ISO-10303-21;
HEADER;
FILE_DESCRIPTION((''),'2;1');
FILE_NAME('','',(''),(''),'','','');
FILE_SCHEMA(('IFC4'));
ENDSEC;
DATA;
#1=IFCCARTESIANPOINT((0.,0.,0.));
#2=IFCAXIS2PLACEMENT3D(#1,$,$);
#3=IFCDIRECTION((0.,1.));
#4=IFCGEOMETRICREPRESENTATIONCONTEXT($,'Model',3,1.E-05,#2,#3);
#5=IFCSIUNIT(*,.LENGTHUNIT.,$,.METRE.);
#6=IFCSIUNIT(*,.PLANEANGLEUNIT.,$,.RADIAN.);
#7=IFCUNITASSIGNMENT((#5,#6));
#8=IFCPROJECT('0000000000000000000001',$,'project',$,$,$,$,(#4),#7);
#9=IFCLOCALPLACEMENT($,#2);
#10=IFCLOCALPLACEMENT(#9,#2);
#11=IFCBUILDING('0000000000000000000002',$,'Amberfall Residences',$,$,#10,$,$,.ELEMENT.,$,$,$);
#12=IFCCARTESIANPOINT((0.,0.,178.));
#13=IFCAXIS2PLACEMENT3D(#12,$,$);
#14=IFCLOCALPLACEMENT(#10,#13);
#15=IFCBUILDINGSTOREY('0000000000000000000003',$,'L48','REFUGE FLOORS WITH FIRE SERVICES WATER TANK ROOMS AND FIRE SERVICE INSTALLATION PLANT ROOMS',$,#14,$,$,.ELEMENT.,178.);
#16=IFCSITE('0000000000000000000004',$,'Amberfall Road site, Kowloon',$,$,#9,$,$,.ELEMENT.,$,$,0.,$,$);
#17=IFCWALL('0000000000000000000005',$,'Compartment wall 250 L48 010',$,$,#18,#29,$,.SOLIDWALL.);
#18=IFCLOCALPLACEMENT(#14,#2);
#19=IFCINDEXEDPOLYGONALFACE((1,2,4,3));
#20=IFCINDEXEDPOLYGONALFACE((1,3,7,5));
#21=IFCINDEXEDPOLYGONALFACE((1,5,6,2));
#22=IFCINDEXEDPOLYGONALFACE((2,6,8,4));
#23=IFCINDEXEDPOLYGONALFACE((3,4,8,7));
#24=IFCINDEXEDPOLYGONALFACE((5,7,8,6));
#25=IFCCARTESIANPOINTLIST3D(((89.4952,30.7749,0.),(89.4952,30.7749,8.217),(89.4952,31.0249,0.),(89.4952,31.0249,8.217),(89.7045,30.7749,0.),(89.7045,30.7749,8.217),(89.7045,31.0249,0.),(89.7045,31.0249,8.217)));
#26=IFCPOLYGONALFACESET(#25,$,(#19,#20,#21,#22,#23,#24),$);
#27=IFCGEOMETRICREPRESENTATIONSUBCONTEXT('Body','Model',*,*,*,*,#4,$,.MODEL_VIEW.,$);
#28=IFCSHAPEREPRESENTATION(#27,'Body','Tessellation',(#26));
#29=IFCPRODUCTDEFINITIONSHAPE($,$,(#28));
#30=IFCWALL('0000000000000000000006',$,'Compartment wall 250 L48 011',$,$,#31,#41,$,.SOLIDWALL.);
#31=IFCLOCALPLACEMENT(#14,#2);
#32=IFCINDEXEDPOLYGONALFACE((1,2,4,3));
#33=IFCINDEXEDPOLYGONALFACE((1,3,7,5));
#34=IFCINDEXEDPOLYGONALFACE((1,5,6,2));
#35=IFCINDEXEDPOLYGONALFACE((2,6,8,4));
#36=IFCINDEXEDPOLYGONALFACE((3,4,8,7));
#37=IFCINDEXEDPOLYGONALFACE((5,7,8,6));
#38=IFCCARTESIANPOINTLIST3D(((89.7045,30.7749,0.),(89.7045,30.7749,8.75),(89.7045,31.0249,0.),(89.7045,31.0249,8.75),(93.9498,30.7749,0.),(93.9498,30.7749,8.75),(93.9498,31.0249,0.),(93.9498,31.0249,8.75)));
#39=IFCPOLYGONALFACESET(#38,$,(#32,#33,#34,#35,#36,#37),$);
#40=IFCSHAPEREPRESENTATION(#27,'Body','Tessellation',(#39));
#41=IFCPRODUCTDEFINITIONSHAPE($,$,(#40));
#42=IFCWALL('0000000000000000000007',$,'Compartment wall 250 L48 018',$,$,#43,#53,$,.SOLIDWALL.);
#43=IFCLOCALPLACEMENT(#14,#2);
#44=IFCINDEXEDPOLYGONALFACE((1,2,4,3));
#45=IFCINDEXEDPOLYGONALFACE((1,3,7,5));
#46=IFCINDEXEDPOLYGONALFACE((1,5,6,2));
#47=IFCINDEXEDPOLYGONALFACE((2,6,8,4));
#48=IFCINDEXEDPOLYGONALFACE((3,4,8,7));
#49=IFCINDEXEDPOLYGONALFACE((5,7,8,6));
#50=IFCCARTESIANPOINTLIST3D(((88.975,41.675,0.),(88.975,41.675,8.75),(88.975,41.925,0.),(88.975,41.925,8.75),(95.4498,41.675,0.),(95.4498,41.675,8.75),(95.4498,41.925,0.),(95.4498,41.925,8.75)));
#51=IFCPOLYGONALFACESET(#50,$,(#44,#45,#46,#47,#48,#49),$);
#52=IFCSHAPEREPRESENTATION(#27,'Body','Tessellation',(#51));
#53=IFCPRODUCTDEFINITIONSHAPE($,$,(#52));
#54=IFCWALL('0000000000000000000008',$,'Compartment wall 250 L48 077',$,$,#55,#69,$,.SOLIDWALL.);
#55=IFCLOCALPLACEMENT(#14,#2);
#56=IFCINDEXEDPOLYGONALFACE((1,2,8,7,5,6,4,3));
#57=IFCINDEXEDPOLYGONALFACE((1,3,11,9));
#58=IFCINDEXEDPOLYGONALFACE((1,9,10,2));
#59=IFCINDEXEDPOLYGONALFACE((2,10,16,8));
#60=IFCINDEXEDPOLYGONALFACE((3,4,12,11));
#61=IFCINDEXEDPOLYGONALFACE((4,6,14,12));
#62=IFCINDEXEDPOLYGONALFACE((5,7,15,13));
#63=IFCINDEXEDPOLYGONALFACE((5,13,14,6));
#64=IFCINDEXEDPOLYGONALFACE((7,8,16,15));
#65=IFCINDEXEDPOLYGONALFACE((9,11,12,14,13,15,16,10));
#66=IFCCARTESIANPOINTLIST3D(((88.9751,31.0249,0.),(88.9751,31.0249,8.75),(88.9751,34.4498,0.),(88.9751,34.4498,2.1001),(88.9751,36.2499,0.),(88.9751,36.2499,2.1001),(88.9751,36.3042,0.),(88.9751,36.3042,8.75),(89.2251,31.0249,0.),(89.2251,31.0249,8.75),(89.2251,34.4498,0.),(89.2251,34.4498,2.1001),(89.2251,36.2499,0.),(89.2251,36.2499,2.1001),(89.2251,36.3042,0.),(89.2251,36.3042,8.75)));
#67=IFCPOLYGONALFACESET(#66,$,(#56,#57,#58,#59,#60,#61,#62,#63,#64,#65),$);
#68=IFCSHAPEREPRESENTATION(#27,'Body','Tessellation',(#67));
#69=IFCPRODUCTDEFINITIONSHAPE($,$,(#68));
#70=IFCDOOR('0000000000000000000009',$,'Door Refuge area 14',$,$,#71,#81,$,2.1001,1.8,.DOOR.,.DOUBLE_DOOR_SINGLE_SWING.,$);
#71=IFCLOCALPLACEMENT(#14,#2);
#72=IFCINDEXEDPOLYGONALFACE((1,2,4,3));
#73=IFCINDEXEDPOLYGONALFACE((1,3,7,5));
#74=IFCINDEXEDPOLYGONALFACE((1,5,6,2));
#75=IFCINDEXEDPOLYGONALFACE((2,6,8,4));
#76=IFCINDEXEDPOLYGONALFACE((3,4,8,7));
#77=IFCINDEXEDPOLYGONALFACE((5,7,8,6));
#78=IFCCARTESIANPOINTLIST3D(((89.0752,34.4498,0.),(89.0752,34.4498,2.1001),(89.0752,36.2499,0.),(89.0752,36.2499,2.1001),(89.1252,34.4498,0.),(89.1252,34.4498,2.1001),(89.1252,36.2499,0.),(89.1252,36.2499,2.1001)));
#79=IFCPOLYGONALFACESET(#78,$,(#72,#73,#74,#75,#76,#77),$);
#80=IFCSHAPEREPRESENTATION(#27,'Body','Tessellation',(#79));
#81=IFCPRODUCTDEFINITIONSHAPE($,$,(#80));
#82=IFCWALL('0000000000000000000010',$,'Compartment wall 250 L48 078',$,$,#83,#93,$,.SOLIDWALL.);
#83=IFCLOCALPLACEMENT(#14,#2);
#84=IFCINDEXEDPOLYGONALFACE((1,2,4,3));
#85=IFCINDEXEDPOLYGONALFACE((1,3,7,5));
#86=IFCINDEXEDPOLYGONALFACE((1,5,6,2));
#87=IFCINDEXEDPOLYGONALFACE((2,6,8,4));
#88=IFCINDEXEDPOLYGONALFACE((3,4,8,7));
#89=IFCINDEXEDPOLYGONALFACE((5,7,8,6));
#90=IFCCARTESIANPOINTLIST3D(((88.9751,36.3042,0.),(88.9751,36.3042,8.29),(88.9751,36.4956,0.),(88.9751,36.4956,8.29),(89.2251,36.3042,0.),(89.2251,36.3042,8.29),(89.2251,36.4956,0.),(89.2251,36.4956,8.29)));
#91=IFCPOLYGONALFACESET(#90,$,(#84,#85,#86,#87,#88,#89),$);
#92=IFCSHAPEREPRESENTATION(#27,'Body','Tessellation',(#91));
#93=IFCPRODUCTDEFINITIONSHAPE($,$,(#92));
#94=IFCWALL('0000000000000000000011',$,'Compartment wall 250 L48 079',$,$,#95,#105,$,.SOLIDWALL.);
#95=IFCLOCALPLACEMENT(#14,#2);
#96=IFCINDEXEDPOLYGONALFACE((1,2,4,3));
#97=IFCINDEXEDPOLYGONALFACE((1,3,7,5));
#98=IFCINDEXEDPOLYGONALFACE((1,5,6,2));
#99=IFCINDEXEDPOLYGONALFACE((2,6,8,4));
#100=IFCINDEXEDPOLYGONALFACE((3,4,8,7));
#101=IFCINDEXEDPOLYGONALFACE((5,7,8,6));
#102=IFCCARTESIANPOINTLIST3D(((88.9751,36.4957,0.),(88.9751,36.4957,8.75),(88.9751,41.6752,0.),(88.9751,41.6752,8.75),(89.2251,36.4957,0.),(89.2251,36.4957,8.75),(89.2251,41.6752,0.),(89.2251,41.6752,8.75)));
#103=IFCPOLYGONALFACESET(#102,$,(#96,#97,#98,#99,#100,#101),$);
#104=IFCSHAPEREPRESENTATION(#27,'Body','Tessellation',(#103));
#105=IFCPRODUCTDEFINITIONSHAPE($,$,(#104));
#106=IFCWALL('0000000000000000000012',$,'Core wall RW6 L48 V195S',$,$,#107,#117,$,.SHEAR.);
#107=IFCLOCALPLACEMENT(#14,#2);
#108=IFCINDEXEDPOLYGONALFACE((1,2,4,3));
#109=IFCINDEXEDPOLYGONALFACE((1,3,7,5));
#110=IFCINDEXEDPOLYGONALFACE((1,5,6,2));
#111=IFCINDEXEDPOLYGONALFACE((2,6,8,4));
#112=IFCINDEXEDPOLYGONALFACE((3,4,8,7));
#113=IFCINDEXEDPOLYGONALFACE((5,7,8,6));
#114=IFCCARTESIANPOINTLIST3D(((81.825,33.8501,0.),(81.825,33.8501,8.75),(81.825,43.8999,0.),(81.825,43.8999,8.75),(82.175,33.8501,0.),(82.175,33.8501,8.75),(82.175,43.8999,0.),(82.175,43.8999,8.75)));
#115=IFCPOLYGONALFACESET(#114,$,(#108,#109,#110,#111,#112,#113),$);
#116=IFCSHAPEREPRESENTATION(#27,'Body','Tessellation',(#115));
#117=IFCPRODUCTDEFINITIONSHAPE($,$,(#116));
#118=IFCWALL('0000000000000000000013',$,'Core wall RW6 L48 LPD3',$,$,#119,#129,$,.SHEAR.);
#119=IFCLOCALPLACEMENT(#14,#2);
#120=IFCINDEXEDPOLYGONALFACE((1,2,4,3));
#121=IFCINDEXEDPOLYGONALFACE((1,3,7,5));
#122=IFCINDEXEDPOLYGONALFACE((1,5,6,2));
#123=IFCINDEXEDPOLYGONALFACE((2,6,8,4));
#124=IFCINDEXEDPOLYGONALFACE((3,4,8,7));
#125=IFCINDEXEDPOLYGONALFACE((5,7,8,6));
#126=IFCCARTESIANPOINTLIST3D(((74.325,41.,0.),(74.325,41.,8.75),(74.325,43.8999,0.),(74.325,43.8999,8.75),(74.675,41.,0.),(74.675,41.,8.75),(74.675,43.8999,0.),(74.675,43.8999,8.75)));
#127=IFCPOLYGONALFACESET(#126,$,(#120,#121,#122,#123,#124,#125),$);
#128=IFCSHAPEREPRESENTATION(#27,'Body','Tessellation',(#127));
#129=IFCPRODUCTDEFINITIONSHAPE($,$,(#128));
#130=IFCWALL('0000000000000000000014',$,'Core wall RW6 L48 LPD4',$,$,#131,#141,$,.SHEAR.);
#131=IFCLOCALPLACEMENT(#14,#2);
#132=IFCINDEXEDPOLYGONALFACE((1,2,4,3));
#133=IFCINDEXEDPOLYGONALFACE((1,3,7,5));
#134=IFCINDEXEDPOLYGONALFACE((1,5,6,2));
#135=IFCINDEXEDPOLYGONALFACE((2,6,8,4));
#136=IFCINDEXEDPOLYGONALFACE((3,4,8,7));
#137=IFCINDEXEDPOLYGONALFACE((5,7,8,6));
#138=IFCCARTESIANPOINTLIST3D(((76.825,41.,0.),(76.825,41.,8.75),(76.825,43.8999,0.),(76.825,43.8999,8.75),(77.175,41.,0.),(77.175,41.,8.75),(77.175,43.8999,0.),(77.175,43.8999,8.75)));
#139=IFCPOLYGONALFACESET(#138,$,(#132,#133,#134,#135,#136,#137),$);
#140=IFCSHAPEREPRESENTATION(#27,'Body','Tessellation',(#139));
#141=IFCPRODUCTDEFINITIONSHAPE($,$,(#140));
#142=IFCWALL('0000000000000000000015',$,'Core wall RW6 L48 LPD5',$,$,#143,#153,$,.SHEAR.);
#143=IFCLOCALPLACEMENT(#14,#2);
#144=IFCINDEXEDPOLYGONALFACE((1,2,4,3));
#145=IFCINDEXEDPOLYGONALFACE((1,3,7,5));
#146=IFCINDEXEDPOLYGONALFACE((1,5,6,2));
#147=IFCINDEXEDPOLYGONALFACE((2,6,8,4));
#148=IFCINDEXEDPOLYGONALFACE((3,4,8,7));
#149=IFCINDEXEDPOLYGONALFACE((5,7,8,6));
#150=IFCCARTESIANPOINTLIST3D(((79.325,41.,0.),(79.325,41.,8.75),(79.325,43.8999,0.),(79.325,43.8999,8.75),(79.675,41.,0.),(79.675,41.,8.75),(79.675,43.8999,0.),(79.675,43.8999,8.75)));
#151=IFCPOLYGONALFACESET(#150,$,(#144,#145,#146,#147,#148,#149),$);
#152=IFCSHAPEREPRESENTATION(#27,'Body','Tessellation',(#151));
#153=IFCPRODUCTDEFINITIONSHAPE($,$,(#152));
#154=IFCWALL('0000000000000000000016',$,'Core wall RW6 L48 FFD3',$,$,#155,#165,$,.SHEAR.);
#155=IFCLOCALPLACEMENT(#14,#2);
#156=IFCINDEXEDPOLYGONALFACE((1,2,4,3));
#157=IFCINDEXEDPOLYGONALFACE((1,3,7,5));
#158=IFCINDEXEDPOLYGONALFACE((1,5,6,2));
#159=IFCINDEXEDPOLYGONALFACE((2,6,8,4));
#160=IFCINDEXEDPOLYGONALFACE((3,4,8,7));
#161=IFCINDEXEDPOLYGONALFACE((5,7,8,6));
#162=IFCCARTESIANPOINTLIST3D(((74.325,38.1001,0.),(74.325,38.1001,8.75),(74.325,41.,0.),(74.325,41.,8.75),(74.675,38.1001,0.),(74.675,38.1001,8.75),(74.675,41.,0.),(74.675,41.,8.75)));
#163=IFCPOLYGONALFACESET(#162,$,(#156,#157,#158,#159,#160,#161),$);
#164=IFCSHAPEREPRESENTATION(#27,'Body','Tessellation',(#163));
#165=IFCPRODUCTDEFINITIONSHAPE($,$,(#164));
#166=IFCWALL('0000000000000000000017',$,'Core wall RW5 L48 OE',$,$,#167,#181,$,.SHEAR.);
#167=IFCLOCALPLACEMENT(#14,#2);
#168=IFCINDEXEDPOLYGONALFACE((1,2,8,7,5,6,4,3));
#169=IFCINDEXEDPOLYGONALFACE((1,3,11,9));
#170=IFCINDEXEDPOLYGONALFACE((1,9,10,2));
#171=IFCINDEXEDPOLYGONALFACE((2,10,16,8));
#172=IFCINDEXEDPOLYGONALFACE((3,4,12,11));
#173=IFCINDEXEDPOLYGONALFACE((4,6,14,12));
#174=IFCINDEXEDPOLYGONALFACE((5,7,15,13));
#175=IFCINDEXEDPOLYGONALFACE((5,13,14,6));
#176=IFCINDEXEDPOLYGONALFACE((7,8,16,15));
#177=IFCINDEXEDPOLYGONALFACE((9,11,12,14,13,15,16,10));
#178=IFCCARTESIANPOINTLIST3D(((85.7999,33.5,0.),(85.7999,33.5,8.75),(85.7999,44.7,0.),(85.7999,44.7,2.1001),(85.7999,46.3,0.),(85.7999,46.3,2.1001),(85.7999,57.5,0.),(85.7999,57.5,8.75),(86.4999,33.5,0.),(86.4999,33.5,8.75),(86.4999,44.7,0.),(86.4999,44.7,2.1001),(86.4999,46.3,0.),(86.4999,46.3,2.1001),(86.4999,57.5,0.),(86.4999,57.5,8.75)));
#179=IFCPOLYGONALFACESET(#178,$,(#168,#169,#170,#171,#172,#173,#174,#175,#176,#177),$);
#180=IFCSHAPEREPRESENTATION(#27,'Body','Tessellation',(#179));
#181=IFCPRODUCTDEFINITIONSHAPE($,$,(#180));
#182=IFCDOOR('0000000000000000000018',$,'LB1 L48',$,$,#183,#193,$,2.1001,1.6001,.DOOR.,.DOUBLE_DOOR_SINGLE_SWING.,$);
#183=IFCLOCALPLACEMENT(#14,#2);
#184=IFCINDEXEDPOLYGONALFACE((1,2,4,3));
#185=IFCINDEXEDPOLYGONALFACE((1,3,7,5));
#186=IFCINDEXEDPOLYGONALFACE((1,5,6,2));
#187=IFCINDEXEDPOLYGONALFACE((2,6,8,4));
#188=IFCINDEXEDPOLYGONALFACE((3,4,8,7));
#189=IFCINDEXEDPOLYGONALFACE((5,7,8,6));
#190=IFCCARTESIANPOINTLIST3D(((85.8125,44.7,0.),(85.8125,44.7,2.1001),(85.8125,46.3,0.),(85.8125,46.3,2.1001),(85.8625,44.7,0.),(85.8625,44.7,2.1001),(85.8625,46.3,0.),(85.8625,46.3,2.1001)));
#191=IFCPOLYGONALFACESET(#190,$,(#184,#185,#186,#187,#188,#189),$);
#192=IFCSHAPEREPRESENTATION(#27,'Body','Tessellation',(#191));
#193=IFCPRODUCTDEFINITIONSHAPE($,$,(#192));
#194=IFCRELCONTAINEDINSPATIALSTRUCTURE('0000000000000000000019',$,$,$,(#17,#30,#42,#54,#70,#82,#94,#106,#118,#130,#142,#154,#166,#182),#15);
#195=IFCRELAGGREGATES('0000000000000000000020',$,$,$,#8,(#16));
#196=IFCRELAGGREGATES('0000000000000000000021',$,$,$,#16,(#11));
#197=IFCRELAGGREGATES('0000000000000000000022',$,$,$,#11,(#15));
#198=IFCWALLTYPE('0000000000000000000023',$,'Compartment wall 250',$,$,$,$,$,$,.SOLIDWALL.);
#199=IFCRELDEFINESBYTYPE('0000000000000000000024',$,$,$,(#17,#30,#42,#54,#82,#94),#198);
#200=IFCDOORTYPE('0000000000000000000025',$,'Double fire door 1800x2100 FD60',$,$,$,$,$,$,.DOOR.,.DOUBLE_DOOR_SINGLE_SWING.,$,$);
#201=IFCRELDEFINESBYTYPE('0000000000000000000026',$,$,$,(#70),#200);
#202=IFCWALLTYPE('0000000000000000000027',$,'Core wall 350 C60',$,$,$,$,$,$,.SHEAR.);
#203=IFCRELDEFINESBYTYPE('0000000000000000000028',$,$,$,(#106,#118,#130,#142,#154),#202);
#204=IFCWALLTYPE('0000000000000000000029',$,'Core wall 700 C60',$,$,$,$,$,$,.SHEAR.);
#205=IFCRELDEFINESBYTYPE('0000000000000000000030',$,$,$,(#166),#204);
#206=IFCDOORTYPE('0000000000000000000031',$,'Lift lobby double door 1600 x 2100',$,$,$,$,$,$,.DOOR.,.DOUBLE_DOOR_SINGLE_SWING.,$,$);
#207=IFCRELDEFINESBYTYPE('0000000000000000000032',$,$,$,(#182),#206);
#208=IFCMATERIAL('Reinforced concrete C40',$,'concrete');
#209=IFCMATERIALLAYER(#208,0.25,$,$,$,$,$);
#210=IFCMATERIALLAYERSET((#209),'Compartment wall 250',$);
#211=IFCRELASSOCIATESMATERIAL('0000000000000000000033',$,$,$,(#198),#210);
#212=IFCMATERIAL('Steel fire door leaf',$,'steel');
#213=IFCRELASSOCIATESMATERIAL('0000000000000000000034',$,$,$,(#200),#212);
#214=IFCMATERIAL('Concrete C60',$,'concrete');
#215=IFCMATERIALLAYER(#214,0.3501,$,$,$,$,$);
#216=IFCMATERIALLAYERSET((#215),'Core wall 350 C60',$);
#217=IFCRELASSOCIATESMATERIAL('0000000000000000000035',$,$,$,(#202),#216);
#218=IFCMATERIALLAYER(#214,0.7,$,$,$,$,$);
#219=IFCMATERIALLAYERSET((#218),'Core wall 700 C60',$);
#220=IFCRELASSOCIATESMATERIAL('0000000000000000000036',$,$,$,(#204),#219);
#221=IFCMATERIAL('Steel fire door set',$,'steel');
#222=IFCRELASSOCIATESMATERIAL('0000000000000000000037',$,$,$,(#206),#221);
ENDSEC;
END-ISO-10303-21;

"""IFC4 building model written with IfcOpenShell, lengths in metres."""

from ifc_helpers import new_model, si_unit, direction, frame, frame_2d, origin, place, context, subcontext, project, spatial, rectangle, extrude, material, layer, layer_set, type_object, element, fill, save


model = new_model("IFC4")

# Units and contexts
model_context = context("Model", 3, precision=1e-05, world=origin(), true_north=direction((0.0, 1.0)))
body_context = subcontext(model_context, "Body", "Model", "MODEL_VIEW")
ifc_project = project(units=[si_unit("LENGTHUNIT", "METRE"), si_unit("PLANEANGLEUNIT", "RADIAN")], contexts=[model_context])

# Site, building, storey
site_placement = place(None, origin())
site = spatial("IfcSite", under=ifc_project, at=site_placement, Name="Amberfall Road site, Kowloon", CompositionType="ELEMENT", RefElevation=0.0)
building_placement = place(site_placement, origin())
building = spatial("IfcBuilding", under=site, at=building_placement, Name="Amberfall Residences", CompositionType="ELEMENT")
storey_placement = place(building_placement, frame((0.0, 0.0, 178.0)))
storey = spatial("IfcBuildingStorey", under=building, at=storey_placement, Name="L48", Description="REFUGE FLOORS WITH FIRE SERVICES WATER TANK ROOMS AND FIRE SERVICE INSTALLATION PLANT ROOMS", CompositionType="ELEMENT", Elevation=178.0)

# Walls
ifc_material_1 = material(Name="Reinforced concrete C40", Category="concrete")
ifc_layer_1 = layer(ifc_material_1, 0.25)
ifc_layer_set_1 = layer_set([ifc_layer_1], Name="Compartment wall 250")
wall_type_1 = type_object("IfcWallType", Name="Compartment wall 250", PredefinedType="SOLIDWALL", material=ifc_layer_set_1)
wall_1_placement = place(storey_placement, frame((89.4954, 30.8999, 0.0), z_axis=(0.0, 0.0, 1.0), x_axis=(1.0, 0.0, 0.0)))
element("IfcWall", 1, at=wall_1_placement, inside=storey, type_object=wall_type_1, Name="Compartment wall 250 L48 010", PredefinedType="SOLIDWALL", context=body_context, shape_type="SweptSolid", body=[
    extrude(rectangle(XDim=0.2092, YDim=0.25, at=frame_2d((0.1045, 0.0))), origin(), (0.0, 0.0, 1.0), 8.217),
])
wall_2_placement = place(storey_placement, frame((89.7046, 30.8999, 0.0), z_axis=(0.0, 0.0, 1.0), x_axis=(1.0, 0.0, 0.0)))
element("IfcWall", 2, at=wall_2_placement, inside=storey, type_object=wall_type_1, Name="Compartment wall 250 L48 011", PredefinedType="SOLIDWALL", context=body_context, shape_type="SweptSolid", body=[
    extrude(rectangle(XDim=4.2454, YDim=0.25, at=frame_2d((2.1226, 0.0))), origin(), (0.0, 0.0, 1.0), 8.75),
])
wall_3_placement = place(storey_placement, frame((88.9751, 41.8, 0.0), z_axis=(0.0, 0.0, 1.0), x_axis=(1.0, 0.0, 0.0)))
element("IfcWall", 3, at=wall_3_placement, inside=storey, type_object=wall_type_1, Name="Compartment wall 250 L48 018", PredefinedType="SOLIDWALL", context=body_context, shape_type="SweptSolid", body=[
    extrude(rectangle(XDim=6.4749, YDim=0.25, at=frame_2d((3.2373, 0.0))), origin(), (0.0, 0.0, 1.0), 8.75),
])

# Wall, opening, door
wall_4_placement = place(storey_placement, frame((89.1001, 31.0249, 0.0), z_axis=(0.0, 0.0, 1.0), x_axis=(0.0, 1.0, 0.0)))
wall_4 = element("IfcWall", 4, at=wall_4_placement, inside=storey, type_object=wall_type_1, Name="Compartment wall 250 L48 077", PredefinedType="SOLIDWALL", context=body_context, shape_type="SweptSolid", body=[
    extrude(rectangle(XDim=5.2793, YDim=0.25, at=frame_2d((2.6396, 0.0))), origin(), (0.0, 0.0, 1.0), 8.75),
])
opening_1_placement = place(wall_4_placement, frame((3.425, 0.0, 0.0)))
opening_1 = element("IfcOpeningElement", 5, at=opening_1_placement, cuts=wall_4, PredefinedType="OPENING", context=body_context, shape_type="SweptSolid", body=[
    extrude(rectangle(XDim=1.8, YDim=2.1001, at=frame_2d((0.8999, 1.05))), frame((0.0, 0.135, 0.0), z_axis=(0.0, -1.0, 0.0), x_axis=(1.0, 0.0, 0.0)), (0.0, 0.0, 1.0), 0.27),
])
ifc_material_2 = material(Name="Steel fire door leaf", Category="steel")
door_type_1 = type_object("IfcDoorType", Name="Double fire door 1800x2100 FD60", OperationType="DOUBLE_DOOR_SINGLE_SWING", PredefinedType="DOOR", material=ifc_material_2)
door_1_placement = place(opening_1_placement, origin())
door_1 = element("IfcDoor", 6, at=door_1_placement, inside=storey, type_object=door_type_1, Name="Door Refuge area 14", OperationType="DOUBLE_DOOR_SINGLE_SWING", OverallHeight=2.1001, OverallWidth=1.8, PredefinedType="DOOR", context=body_context, shape_type="SweptSolid", body=[
    extrude(rectangle(XDim=1.8, YDim=2.1001, at=frame_2d((0.8999, 1.05))), frame((0.0, 0.0249, 0.0), z_axis=(0.0, -1.0, 0.0), x_axis=(1.0, 0.0, 0.0)), (0.0, 0.0, 1.0), 0.05),
])
fill(opening_1, door_1)

# Walls
wall_5_placement = place(storey_placement, frame((89.1001, 36.3042, 0.0), z_axis=(0.0, 0.0, 1.0), x_axis=(0.0, 1.0, 0.0)))
element("IfcWall", 7, at=wall_5_placement, inside=storey, type_object=wall_type_1, Name="Compartment wall 250 L48 078", PredefinedType="SOLIDWALL", context=body_context, shape_type="SweptSolid", body=[
    extrude(rectangle(XDim=0.1914, YDim=0.25, at=frame_2d((0.0957, 0.0))), origin(), (0.0, 0.0, 1.0), 8.29),
])
wall_6_placement = place(storey_placement, frame((89.1001, 36.4956, 0.0), z_axis=(0.0, 0.0, 1.0), x_axis=(0.0, 1.0, 0.0)))
element("IfcWall", 8, at=wall_6_placement, inside=storey, type_object=wall_type_1, Name="Compartment wall 250 L48 079", PredefinedType="SOLIDWALL", context=body_context, shape_type="SweptSolid", body=[
    extrude(rectangle(XDim=5.1794, YDim=0.25, at=frame_2d((2.5898, 0.0))), origin(), (0.0, 0.0, 1.0), 8.75),
])
ifc_material_3 = material(Name="Concrete C60", Category="concrete")
ifc_layer_2 = layer(ifc_material_3, 0.3501)
ifc_layer_set_2 = layer_set([ifc_layer_2], Name="Core wall 350 C60")
wall_type_2 = type_object("IfcWallType", Name="Core wall 350 C60", PredefinedType="SHEAR", material=ifc_layer_set_2)
wall_7_placement = place(storey_placement, frame((82.0, 33.8501, 0.0), z_axis=(0.0, 0.0, 1.0), x_axis=(0.0, 1.0, 0.0)))
element("IfcWall", 9, at=wall_7_placement, inside=storey, type_object=wall_type_2, Name="Core wall RW6 L48 V195S", PredefinedType="SHEAR", context=body_context, shape_type="SweptSolid", body=[
    extrude(rectangle(XDim=10.0498, YDim=0.3501, at=frame_2d((5.0249, 0.0))), origin(), (0.0, 0.0, 1.0), 8.75),
])
for number, where, z_axis, x_axis, name in (
    (10, (74.5, 41.0, 0.0), (0.0, 0.0, 1.0), (0.0, 1.0, 0.0), "Core wall RW6 L48 LPD3"),
    (11, (77.0, 41.0, 0.0), (0.0, 0.0, 1.0), (0.0, 1.0, 0.0), "Core wall RW6 L48 LPD4"),
    (12, (79.5, 41.0, 0.0), (0.0, 0.0, 1.0), (0.0, 1.0, 0.0), "Core wall RW6 L48 LPD5"),
    (13, (74.5, 38.1001, 0.0), (0.0, 0.0, 1.0), (0.0, 1.0, 0.0), "Core wall RW6 L48 FFD3"),
):
    element("IfcWall", number, at=place(storey_placement, frame(where, z_axis=z_axis, x_axis=x_axis)), inside=storey, type_object=wall_type_2, Name=name, PredefinedType="SHEAR", context=body_context, shape_type="SweptSolid", body=[
        extrude(rectangle(XDim=2.8999, YDim=0.3501, at=frame_2d((1.45, 0.0))), origin(), (0.0, 0.0, 1.0), 8.75),
    ])

# Wall, opening, door
ifc_layer_3 = layer(ifc_material_3, 0.7)
ifc_layer_set_3 = layer_set([ifc_layer_3], Name="Core wall 700 C60")
wall_type_3 = type_object("IfcWallType", Name="Core wall 700 C60", PredefinedType="SHEAR", material=ifc_layer_set_3)
wall_8_placement = place(storey_placement, frame((86.1499, 33.5, 0.0), z_axis=(0.0, 0.0, 1.0), x_axis=(0.0, 1.0, 0.0)))
wall_8 = element("IfcWall", 14, at=wall_8_placement, inside=storey, type_object=wall_type_3, Name="Core wall RW5 L48 OE", PredefinedType="SHEAR", context=body_context, shape_type="SweptSolid", body=[
    extrude(rectangle(XDim=24.0, YDim=0.7, at=frame_2d((12.0, 0.0))), origin(), (0.0, 0.0, 1.0), 8.75),
])
opening_2_placement = place(wall_8_placement, frame((11.2, 0.0, 0.0)))
opening_2 = element("IfcOpeningElement", 15, at=opening_2_placement, cuts=wall_8, PredefinedType="OPENING", context=body_context, shape_type="SweptSolid", body=[
    extrude(rectangle(XDim=1.6001, YDim=2.1001, at=frame_2d((0.8, 1.05))), frame((0.0, 0.3599, 0.0), z_axis=(0.0, -1.0, 0.0), x_axis=(1.0, 0.0, 0.0)), (0.0, 0.0, 1.0), 0.72),
])
ifc_material_4 = material(Name="Steel fire door set", Category="steel")
door_type_2 = type_object("IfcDoorType", Name="Lift lobby double door 1600 x 2100", OperationType="DOUBLE_DOOR_SINGLE_SWING", PredefinedType="DOOR", material=ifc_material_4)
door_2_placement = place(opening_2_placement, origin())
door_2 = element("IfcDoor", 16, at=door_2_placement, inside=storey, type_object=door_type_2, Name="LB1 L48", OperationType="DOUBLE_DOOR_SINGLE_SWING", OverallHeight=2.1001, OverallWidth=1.6001, PredefinedType="DOOR", context=body_context, shape_type="SweptSolid", body=[
    extrude(rectangle(XDim=1.6001, YDim=2.1001, at=frame_2d((0.8, 1.05))), frame((0.0, 0.3374, 0.0), z_axis=(0.0, -1.0, 0.0), x_axis=(1.0, 0.0, 0.0)), (0.0, 0.0, 1.0), 0.05),
])
fill(opening_2, door_2)

save(model, "model.ifc")
